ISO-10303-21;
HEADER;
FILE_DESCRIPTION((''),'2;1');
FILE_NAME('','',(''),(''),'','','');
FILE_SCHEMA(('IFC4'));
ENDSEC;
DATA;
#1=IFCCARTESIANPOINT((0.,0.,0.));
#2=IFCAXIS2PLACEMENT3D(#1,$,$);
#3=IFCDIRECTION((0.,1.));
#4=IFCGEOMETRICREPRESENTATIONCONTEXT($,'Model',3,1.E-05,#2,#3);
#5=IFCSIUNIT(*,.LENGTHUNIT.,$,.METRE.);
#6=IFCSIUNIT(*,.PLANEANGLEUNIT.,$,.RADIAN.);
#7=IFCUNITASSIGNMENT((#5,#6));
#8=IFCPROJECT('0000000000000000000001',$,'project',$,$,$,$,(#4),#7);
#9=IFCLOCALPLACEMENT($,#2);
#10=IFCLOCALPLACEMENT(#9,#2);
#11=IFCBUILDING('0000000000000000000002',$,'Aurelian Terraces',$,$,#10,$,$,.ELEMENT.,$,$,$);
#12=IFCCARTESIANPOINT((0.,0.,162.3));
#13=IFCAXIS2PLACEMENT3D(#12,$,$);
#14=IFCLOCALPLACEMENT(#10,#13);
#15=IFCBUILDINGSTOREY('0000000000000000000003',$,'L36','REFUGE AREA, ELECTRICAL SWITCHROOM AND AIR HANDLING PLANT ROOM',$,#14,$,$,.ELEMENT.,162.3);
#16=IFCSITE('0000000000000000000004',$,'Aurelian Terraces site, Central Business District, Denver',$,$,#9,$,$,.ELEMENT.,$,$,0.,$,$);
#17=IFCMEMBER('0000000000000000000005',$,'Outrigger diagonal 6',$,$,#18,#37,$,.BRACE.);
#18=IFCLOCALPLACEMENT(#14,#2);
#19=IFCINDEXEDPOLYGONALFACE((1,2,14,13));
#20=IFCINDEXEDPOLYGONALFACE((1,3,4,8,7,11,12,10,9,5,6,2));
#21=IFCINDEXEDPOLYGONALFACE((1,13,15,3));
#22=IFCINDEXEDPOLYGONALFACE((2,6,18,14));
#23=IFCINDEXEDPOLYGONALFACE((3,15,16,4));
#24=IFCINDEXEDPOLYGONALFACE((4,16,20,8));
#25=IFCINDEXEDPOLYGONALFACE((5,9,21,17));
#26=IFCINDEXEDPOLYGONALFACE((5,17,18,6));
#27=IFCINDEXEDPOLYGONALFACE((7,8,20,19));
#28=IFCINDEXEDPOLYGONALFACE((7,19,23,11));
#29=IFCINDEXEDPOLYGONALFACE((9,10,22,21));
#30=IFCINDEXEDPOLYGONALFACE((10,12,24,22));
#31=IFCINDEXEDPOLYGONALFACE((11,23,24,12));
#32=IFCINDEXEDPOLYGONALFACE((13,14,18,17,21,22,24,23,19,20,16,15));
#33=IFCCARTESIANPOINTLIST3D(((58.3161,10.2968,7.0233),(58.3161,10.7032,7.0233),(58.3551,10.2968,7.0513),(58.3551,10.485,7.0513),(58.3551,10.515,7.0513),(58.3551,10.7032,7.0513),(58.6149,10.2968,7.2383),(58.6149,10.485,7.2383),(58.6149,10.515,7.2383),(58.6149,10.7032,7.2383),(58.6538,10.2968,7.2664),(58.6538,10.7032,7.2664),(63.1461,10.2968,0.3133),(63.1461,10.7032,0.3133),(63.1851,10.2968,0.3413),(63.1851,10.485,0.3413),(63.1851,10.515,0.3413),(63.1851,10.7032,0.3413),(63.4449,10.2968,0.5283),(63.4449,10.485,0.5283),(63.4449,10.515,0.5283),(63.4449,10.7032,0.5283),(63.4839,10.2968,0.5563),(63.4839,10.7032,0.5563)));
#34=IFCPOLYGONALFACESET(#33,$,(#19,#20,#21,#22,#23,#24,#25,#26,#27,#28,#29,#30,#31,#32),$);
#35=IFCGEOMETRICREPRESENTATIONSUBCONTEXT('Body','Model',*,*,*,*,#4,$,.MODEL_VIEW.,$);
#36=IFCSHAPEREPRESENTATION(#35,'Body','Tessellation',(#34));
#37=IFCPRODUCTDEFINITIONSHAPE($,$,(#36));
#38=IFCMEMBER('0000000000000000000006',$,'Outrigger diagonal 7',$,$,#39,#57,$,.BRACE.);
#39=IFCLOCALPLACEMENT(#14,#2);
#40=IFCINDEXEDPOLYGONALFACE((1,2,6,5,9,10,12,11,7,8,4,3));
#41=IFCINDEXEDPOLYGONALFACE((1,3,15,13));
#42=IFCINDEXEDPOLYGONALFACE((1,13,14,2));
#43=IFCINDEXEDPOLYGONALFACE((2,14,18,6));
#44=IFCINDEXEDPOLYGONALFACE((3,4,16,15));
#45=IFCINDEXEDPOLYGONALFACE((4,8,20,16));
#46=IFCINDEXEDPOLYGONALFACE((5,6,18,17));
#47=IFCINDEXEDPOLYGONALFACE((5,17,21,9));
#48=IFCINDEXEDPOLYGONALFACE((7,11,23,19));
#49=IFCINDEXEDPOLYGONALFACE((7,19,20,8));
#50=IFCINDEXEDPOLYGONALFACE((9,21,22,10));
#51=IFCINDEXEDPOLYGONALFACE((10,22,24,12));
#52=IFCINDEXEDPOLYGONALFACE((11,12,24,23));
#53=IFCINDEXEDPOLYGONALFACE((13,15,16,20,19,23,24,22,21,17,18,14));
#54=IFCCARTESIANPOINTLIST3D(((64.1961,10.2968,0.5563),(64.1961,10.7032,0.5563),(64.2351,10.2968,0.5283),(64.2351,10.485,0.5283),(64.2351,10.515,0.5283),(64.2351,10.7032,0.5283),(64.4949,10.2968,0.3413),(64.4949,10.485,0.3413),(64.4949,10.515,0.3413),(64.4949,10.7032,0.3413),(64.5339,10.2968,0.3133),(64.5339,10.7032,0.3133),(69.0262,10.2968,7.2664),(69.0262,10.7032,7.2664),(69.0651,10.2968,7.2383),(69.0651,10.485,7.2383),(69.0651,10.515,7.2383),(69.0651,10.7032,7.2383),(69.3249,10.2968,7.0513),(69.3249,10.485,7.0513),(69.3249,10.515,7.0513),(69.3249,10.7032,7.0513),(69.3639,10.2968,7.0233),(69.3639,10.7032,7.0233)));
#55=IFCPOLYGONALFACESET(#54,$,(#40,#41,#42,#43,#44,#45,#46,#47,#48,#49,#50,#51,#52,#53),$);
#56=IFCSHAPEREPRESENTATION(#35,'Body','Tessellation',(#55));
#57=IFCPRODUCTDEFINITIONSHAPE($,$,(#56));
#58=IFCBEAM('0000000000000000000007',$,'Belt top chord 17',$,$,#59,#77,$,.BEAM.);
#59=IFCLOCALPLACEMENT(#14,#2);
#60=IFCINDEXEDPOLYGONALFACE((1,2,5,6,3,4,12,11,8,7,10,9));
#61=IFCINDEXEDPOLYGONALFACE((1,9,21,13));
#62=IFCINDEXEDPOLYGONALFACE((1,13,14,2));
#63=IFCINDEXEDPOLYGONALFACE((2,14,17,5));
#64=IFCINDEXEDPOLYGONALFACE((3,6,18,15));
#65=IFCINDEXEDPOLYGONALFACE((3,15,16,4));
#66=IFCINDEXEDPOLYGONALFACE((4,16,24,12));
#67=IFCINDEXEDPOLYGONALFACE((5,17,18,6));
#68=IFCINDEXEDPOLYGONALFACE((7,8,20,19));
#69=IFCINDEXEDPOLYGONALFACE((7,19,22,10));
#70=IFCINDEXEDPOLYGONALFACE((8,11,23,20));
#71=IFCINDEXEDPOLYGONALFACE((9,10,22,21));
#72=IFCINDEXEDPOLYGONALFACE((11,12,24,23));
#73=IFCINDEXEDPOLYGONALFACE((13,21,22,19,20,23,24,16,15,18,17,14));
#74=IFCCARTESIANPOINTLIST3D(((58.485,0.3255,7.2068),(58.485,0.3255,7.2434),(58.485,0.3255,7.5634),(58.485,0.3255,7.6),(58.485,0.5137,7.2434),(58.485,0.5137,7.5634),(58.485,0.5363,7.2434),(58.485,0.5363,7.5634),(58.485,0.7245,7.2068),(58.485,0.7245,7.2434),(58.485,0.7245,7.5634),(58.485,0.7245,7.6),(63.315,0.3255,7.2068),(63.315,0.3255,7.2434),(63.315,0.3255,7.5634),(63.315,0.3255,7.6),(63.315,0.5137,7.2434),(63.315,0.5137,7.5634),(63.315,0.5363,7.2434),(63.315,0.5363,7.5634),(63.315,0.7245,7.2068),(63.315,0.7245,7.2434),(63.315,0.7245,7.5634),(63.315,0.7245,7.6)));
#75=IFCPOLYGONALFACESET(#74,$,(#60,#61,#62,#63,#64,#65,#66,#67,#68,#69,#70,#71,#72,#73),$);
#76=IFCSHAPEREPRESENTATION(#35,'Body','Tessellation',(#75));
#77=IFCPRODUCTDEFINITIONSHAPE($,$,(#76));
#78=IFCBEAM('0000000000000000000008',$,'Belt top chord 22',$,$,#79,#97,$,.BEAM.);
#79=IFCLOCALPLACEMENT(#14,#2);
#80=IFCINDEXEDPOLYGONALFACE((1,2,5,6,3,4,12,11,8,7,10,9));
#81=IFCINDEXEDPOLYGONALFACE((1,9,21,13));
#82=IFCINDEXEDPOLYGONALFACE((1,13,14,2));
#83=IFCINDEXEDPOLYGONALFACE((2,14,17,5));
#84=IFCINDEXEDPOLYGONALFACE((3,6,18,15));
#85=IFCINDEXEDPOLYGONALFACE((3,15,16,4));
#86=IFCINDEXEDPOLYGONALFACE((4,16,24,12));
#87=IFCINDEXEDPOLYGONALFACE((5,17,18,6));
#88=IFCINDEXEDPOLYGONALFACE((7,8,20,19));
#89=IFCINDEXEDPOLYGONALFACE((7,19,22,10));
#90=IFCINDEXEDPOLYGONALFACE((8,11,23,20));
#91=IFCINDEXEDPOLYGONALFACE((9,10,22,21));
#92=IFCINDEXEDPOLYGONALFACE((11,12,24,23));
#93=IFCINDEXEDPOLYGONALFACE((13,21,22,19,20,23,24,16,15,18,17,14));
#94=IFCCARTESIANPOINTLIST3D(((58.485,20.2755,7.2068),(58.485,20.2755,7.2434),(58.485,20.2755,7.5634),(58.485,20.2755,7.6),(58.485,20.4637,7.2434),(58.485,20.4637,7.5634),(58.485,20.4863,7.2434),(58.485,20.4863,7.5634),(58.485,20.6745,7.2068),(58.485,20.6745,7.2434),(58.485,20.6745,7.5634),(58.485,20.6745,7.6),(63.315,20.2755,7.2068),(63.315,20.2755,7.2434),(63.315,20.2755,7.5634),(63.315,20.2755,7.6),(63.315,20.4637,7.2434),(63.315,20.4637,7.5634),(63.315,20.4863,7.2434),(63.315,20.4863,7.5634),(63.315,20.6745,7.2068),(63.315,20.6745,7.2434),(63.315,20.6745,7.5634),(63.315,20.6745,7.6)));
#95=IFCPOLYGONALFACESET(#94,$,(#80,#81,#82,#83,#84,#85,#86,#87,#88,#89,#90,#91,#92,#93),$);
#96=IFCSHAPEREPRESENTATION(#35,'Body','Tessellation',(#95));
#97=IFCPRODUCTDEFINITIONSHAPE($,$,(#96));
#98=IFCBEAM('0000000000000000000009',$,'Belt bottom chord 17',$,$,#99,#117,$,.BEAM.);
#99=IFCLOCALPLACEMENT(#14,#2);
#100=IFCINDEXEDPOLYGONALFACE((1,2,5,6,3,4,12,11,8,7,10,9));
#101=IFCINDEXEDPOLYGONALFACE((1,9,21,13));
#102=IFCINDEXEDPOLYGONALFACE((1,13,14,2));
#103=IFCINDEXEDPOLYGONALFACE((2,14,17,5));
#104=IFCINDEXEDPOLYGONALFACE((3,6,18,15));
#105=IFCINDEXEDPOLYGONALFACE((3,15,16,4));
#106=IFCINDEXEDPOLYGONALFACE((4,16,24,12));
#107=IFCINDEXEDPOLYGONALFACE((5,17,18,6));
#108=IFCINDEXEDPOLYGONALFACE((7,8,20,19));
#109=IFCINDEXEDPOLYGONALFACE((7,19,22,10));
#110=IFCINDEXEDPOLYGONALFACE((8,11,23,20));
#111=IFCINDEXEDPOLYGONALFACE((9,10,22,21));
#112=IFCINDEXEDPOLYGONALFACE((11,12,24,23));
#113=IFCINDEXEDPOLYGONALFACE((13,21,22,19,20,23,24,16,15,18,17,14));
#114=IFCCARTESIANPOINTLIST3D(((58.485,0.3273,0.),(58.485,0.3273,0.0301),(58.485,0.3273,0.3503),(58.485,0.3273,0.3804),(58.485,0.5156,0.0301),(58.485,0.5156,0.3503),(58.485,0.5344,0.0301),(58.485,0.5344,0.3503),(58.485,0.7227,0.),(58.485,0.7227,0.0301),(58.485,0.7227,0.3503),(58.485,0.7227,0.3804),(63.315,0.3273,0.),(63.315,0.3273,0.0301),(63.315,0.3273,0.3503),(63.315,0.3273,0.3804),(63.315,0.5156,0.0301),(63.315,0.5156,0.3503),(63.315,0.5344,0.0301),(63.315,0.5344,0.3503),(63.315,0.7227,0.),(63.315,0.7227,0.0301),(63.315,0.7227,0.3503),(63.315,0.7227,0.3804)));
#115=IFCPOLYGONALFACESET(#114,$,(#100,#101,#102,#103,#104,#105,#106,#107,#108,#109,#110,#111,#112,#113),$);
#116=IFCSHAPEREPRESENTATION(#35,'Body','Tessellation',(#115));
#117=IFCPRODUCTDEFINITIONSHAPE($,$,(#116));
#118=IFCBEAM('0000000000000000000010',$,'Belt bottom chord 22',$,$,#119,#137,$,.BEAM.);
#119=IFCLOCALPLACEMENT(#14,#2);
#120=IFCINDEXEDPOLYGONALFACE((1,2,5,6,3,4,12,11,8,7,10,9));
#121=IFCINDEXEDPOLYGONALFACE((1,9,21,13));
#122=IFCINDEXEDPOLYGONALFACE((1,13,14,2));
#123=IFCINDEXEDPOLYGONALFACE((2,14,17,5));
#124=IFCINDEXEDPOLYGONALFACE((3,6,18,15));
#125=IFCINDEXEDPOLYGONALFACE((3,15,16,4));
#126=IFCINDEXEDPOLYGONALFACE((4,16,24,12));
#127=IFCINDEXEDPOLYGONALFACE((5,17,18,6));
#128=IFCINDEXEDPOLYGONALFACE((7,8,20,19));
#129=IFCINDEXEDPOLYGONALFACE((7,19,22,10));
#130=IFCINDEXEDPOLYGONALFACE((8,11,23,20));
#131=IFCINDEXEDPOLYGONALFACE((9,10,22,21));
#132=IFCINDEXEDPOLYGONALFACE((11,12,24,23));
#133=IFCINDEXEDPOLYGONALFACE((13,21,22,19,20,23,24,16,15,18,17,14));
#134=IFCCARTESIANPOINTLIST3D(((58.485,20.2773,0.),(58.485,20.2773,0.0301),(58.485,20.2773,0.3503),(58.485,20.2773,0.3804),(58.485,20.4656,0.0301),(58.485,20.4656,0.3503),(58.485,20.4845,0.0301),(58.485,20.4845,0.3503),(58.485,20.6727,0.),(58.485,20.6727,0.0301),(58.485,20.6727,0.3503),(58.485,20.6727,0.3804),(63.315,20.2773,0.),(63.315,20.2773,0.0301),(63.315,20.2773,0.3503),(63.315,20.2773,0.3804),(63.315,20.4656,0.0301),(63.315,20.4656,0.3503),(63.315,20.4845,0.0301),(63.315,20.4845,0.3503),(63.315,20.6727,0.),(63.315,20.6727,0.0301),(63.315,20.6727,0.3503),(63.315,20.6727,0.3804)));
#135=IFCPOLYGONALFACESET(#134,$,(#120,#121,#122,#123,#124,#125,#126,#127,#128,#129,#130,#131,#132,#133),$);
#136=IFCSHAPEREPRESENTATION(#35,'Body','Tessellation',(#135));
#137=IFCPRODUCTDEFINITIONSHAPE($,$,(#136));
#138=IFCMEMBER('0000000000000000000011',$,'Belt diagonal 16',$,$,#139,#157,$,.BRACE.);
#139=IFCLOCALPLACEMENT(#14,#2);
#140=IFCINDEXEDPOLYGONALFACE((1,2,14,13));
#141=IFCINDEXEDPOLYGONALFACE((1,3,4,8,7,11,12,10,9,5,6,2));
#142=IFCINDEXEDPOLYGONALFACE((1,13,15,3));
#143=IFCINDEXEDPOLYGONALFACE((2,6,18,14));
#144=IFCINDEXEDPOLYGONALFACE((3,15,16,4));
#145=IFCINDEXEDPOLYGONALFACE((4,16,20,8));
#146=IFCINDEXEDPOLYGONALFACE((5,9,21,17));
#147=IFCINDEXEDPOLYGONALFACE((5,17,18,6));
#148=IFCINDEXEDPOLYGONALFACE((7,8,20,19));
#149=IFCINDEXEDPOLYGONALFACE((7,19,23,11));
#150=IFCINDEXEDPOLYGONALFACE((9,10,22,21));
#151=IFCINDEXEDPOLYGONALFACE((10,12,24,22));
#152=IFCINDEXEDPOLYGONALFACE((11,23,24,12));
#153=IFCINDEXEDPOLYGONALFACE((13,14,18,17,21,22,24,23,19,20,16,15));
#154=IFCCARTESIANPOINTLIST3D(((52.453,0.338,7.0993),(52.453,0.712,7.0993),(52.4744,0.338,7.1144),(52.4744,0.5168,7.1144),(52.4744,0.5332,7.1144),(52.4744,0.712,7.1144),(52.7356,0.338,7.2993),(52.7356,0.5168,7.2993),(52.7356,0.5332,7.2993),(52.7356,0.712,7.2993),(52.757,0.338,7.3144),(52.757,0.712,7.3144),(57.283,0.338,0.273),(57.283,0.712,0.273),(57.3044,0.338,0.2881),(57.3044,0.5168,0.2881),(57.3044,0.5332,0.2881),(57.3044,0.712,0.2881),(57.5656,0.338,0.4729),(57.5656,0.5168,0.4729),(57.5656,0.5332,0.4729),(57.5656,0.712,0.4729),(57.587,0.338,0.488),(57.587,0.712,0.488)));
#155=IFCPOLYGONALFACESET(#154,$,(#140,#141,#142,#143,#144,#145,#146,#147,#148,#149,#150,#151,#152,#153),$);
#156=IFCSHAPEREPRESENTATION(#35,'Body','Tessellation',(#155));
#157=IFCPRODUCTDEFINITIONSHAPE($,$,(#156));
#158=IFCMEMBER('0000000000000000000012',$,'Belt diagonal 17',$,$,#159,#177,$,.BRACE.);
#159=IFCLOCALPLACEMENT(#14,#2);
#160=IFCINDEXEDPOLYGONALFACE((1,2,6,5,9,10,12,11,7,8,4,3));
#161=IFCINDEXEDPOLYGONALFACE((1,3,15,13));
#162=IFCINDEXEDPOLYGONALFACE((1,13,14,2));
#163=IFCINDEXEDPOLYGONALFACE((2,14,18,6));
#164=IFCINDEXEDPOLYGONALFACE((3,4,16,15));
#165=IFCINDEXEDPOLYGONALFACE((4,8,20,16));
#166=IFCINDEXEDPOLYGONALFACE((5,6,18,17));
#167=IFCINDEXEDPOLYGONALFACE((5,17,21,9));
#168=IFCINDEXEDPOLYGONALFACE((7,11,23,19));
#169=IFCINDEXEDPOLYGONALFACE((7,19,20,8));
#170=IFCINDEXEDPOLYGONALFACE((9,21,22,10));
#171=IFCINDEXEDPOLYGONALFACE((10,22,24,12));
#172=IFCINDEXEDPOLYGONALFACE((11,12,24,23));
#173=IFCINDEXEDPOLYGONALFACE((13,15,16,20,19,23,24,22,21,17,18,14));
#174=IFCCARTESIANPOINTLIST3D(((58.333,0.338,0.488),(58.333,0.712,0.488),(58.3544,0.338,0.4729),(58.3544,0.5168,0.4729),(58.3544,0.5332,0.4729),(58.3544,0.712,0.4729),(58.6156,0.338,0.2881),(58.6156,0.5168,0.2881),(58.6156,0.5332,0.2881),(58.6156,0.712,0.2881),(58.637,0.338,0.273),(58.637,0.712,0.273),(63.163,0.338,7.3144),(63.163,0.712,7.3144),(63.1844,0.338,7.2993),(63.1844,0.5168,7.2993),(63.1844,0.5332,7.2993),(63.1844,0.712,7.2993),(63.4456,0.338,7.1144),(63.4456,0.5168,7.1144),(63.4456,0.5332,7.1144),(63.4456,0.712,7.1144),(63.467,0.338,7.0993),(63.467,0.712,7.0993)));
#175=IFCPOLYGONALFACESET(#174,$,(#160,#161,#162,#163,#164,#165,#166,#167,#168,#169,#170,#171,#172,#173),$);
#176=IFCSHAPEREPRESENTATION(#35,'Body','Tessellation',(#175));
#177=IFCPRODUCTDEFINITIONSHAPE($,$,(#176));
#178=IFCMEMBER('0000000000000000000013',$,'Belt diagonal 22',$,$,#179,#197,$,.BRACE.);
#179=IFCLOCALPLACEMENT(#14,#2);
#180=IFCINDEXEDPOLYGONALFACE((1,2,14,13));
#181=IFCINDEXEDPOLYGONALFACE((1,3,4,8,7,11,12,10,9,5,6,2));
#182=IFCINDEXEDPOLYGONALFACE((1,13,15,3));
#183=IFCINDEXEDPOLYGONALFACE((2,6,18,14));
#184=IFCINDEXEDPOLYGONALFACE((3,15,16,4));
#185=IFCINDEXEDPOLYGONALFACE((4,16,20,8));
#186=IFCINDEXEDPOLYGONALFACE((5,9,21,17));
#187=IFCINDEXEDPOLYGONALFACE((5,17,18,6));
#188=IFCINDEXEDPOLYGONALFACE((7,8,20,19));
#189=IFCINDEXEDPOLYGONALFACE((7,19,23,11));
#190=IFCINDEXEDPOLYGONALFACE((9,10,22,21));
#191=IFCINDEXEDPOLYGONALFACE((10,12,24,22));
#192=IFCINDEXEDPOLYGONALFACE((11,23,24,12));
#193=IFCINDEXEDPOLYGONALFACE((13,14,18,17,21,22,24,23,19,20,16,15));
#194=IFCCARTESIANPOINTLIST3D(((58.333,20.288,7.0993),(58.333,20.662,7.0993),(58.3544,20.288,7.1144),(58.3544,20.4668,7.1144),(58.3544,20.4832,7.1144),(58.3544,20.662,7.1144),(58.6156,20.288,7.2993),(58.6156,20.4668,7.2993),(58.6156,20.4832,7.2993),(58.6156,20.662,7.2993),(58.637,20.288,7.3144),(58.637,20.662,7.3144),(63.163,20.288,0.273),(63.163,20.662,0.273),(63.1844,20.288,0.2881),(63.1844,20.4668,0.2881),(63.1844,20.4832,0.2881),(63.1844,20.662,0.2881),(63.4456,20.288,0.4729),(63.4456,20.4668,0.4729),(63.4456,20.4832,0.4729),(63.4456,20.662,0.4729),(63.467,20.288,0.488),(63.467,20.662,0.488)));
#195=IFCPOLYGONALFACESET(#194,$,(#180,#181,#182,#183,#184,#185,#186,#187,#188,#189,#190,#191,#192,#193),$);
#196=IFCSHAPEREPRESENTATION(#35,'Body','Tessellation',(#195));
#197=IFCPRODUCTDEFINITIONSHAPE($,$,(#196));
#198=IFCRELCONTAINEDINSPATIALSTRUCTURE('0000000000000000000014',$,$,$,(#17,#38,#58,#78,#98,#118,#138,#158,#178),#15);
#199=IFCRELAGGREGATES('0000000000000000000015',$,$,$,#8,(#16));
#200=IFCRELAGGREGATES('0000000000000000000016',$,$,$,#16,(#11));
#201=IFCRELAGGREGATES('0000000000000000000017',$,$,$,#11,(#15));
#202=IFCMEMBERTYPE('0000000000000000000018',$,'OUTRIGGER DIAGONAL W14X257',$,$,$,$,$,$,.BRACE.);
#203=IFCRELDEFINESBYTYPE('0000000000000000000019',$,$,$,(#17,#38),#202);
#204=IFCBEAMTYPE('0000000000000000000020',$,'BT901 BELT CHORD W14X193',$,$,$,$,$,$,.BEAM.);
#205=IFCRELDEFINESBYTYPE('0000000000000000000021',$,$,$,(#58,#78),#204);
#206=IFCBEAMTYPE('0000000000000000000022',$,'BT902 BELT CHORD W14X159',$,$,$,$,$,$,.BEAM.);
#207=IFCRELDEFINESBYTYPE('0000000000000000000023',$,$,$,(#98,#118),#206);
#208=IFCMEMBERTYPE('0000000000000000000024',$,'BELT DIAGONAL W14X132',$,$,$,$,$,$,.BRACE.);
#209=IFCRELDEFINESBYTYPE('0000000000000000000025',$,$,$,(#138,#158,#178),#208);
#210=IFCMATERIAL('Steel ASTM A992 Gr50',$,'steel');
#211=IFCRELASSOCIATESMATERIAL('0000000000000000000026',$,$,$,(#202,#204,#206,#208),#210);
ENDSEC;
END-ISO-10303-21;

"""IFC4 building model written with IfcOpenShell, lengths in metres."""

from ifc_helpers import new_model, si_unit, direction, frame, origin, origin_2d, place, context, subcontext, project, spatial, i_section, extrude, source, transform, mapped, material, material_profile, profile_set, type_object, element, save


model = new_model("IFC4")

# Units and contexts
model_context = context("Model", 3, precision=1e-05, world=origin(), true_north=direction((0.0, 1.0)))
body_context = subcontext(model_context, "Body", "Model", "MODEL_VIEW")
ifc_project = project(units=[si_unit("LENGTHUNIT", "METRE"), si_unit("PLANEANGLEUNIT", "RADIAN")], contexts=[model_context])

# Site, building, storey
site_placement = place(None, origin())
site = spatial("IfcSite", under=ifc_project, at=site_placement, Name="Aurelian Terraces site, Central Business District, Denver", CompositionType="ELEMENT", RefElevation=0.0)
building_placement = place(site_placement, origin())
building = spatial("IfcBuilding", under=site, at=building_placement, Name="Aurelian Terraces", CompositionType="ELEMENT")
storey_placement = place(building_placement, frame((0.0, 0.0, 162.3)))
storey = spatial("IfcBuildingStorey", under=building, at=storey_placement, Name="L36", Description="REFUGE AREA, ELECTRICAL SWITCHROOM AND AIR HANDLING PLANT ROOM", CompositionType="ELEMENT", Elevation=162.3)

# Shared definitions
ifc_material_1 = material(Name="Steel ASTM A992 Gr50", Category="steel")

# Members
ifc_material_profile_1 = material_profile(ifc_material_1, i_section(OverallWidth=0.4063, OverallDepth=0.4161, WebThickness=0.03, FlangeThickness=0.048, at=origin_2d()))
ifc_profile_set_1 = profile_set([ifc_material_profile_1], Name="Steel ASTM A992 Gr50")
member_type_1 = type_object("IfcMemberType", Name="OUTRIGGER DIAGONAL W14X257", PredefinedType="BRACE", material=ifc_profile_set_1)
shared_shape_1 = source(origin(), body_context, "Body", "SweptSolid", [
    extrude(i_section(OverallWidth=0.4063, OverallDepth=0.4161, WebThickness=0.03, FlangeThickness=0.048, at=origin_2d()), origin(), (0.0, 0.0, 1.0), 8.2676),
])
for number, where, z_axis, x_axis, name in (
    (1, (63.315, 10.5, 0.4348), (-0.584209, 0.0, 0.811603), (0.0, -1.0, 0.0), "Outrigger diagonal 6"),
    (2, (64.365, 10.5, 0.4348), (0.584209, 0.0, 0.811603), (0.0, 1.0, 0.0), "Outrigger diagonal 7"),
):
    element("IfcMember", number, at=place(storey_placement, frame(where, z_axis=z_axis, x_axis=x_axis)), inside=storey, type_object=member_type_1, Name=name, PredefinedType="BRACE", context=body_context, shape_type="MappedRepresentation", body=[
        mapped(shared_shape_1, transform((0.0, 0.0, 0.0), scale=1.0)),
    ])

# Beams
ifc_material_profile_2 = material_profile(ifc_material_1, i_section(OverallWidth=0.399, OverallDepth=0.3932, WebThickness=0.0226, FlangeThickness=0.0366, at=origin_2d()))
ifc_profile_set_2 = profile_set([ifc_material_profile_2], Name="Steel ASTM A992 Gr50")
beam_type_1 = type_object("IfcBeamType", Name="BT901 BELT CHORD W14X193", PredefinedType="BEAM", material=ifc_profile_set_2)
shared_shape_2 = source(origin(), body_context, "Body", "SweptSolid", [
    extrude(i_section(OverallWidth=0.399, OverallDepth=0.3932, WebThickness=0.0226, FlangeThickness=0.0366, at=origin_2d()), origin(), (0.0, 0.0, 1.0), 4.83),
])
for number, where, z_axis, x_axis, name in (
    (3, (58.485, 0.525, 7.4034), (1.0, 0.0, 0.0), (0.0, 1.0, 0.0), "Belt top chord 17"),
    (4, (58.485, 20.475, 7.4034), (1.0, 0.0, 0.0), (0.0, 1.0, 0.0), "Belt top chord 22"),
):
    element("IfcBeam", number, at=place(storey_placement, frame(where, z_axis=z_axis, x_axis=x_axis)), inside=storey, type_object=beam_type_1, Name=name, PredefinedType="BEAM", context=body_context, shape_type="MappedRepresentation", body=[
        mapped(shared_shape_2, transform((0.0, 0.0, 0.0), scale=1.0)),
    ])
ifc_material_profile_3 = material_profile(ifc_material_1, i_section(OverallWidth=0.3954, OverallDepth=0.3805, WebThickness=0.0189, FlangeThickness=0.0302, at=origin_2d()))
ifc_profile_set_3 = profile_set([ifc_material_profile_3], Name="Steel ASTM A992 Gr50")
beam_type_2 = type_object("IfcBeamType", Name="BT902 BELT CHORD W14X159", PredefinedType="BEAM", material=ifc_profile_set_3)
shared_shape_3 = source(origin(), body_context, "Body", "SweptSolid", [
    extrude(i_section(OverallWidth=0.3954, OverallDepth=0.3805, WebThickness=0.0189, FlangeThickness=0.0302, at=origin_2d()), origin(), (0.0, 0.0, 1.0), 4.83),
])
for number, where, z_axis, x_axis, name in (
    (5, (58.485, 0.525, 0.1902), (1.0, 0.0, 0.0), (0.0, 1.0, 0.0), "Belt bottom chord 17"),
    (6, (58.485, 20.475, 0.1902), (1.0, 0.0, 0.0), (0.0, 1.0, 0.0), "Belt bottom chord 22"),
):
    element("IfcBeam", number, at=place(storey_placement, frame(where, z_axis=z_axis, x_axis=x_axis)), inside=storey, type_object=beam_type_2, Name=name, PredefinedType="BEAM", context=body_context, shape_type="MappedRepresentation", body=[
        mapped(shared_shape_3, transform((0.0, 0.0, 0.0), scale=1.0)),
    ])

# Members
ifc_material_profile_4 = material_profile(ifc_material_1, i_section(OverallWidth=0.374, OverallDepth=0.3724, WebThickness=0.0164, FlangeThickness=0.0262, at=origin_2d()))
ifc_profile_set_4 = profile_set([ifc_material_profile_4], Name="Steel ASTM A992 Gr50")
member_type_2 = type_object("IfcMemberType", Name="BELT DIAGONAL W14X132", PredefinedType="BRACE", material=ifc_profile_set_4)
shared_shape_4 = source(origin(), body_context, "Body", "SweptSolid", [
    extrude(i_section(OverallWidth=0.374, OverallDepth=0.3724, WebThickness=0.0164, FlangeThickness=0.0262, at=origin_2d()), origin(), (0.0, 0.0, 1.0), 8.3623),
])
for number, where, z_axis, x_axis, name in (
    (7, (57.435, 0.525, 0.3805), (-0.577596, 0.0, 0.816323), (0.0, -1.0, 0.0), "Belt diagonal 16"),
    (8, (58.485, 0.525, 0.3805), (0.577596, 0.0, 0.816323), (0.0, 1.0, 0.0), "Belt diagonal 17"),
    (9, (63.315, 20.475, 0.3805), (-0.577596, 0.0, 0.816323), (0.0, -1.0, 0.0), "Belt diagonal 22"),
):
    element("IfcMember", number, at=place(storey_placement, frame(where, z_axis=z_axis, x_axis=x_axis)), inside=storey, type_object=member_type_2, Name=name, PredefinedType="BRACE", context=body_context, shape_type="MappedRepresentation", body=[
        mapped(shared_shape_4, transform((0.0, 0.0, 0.0), scale=1.0)),
    ])

save(model, "model.ifc")
